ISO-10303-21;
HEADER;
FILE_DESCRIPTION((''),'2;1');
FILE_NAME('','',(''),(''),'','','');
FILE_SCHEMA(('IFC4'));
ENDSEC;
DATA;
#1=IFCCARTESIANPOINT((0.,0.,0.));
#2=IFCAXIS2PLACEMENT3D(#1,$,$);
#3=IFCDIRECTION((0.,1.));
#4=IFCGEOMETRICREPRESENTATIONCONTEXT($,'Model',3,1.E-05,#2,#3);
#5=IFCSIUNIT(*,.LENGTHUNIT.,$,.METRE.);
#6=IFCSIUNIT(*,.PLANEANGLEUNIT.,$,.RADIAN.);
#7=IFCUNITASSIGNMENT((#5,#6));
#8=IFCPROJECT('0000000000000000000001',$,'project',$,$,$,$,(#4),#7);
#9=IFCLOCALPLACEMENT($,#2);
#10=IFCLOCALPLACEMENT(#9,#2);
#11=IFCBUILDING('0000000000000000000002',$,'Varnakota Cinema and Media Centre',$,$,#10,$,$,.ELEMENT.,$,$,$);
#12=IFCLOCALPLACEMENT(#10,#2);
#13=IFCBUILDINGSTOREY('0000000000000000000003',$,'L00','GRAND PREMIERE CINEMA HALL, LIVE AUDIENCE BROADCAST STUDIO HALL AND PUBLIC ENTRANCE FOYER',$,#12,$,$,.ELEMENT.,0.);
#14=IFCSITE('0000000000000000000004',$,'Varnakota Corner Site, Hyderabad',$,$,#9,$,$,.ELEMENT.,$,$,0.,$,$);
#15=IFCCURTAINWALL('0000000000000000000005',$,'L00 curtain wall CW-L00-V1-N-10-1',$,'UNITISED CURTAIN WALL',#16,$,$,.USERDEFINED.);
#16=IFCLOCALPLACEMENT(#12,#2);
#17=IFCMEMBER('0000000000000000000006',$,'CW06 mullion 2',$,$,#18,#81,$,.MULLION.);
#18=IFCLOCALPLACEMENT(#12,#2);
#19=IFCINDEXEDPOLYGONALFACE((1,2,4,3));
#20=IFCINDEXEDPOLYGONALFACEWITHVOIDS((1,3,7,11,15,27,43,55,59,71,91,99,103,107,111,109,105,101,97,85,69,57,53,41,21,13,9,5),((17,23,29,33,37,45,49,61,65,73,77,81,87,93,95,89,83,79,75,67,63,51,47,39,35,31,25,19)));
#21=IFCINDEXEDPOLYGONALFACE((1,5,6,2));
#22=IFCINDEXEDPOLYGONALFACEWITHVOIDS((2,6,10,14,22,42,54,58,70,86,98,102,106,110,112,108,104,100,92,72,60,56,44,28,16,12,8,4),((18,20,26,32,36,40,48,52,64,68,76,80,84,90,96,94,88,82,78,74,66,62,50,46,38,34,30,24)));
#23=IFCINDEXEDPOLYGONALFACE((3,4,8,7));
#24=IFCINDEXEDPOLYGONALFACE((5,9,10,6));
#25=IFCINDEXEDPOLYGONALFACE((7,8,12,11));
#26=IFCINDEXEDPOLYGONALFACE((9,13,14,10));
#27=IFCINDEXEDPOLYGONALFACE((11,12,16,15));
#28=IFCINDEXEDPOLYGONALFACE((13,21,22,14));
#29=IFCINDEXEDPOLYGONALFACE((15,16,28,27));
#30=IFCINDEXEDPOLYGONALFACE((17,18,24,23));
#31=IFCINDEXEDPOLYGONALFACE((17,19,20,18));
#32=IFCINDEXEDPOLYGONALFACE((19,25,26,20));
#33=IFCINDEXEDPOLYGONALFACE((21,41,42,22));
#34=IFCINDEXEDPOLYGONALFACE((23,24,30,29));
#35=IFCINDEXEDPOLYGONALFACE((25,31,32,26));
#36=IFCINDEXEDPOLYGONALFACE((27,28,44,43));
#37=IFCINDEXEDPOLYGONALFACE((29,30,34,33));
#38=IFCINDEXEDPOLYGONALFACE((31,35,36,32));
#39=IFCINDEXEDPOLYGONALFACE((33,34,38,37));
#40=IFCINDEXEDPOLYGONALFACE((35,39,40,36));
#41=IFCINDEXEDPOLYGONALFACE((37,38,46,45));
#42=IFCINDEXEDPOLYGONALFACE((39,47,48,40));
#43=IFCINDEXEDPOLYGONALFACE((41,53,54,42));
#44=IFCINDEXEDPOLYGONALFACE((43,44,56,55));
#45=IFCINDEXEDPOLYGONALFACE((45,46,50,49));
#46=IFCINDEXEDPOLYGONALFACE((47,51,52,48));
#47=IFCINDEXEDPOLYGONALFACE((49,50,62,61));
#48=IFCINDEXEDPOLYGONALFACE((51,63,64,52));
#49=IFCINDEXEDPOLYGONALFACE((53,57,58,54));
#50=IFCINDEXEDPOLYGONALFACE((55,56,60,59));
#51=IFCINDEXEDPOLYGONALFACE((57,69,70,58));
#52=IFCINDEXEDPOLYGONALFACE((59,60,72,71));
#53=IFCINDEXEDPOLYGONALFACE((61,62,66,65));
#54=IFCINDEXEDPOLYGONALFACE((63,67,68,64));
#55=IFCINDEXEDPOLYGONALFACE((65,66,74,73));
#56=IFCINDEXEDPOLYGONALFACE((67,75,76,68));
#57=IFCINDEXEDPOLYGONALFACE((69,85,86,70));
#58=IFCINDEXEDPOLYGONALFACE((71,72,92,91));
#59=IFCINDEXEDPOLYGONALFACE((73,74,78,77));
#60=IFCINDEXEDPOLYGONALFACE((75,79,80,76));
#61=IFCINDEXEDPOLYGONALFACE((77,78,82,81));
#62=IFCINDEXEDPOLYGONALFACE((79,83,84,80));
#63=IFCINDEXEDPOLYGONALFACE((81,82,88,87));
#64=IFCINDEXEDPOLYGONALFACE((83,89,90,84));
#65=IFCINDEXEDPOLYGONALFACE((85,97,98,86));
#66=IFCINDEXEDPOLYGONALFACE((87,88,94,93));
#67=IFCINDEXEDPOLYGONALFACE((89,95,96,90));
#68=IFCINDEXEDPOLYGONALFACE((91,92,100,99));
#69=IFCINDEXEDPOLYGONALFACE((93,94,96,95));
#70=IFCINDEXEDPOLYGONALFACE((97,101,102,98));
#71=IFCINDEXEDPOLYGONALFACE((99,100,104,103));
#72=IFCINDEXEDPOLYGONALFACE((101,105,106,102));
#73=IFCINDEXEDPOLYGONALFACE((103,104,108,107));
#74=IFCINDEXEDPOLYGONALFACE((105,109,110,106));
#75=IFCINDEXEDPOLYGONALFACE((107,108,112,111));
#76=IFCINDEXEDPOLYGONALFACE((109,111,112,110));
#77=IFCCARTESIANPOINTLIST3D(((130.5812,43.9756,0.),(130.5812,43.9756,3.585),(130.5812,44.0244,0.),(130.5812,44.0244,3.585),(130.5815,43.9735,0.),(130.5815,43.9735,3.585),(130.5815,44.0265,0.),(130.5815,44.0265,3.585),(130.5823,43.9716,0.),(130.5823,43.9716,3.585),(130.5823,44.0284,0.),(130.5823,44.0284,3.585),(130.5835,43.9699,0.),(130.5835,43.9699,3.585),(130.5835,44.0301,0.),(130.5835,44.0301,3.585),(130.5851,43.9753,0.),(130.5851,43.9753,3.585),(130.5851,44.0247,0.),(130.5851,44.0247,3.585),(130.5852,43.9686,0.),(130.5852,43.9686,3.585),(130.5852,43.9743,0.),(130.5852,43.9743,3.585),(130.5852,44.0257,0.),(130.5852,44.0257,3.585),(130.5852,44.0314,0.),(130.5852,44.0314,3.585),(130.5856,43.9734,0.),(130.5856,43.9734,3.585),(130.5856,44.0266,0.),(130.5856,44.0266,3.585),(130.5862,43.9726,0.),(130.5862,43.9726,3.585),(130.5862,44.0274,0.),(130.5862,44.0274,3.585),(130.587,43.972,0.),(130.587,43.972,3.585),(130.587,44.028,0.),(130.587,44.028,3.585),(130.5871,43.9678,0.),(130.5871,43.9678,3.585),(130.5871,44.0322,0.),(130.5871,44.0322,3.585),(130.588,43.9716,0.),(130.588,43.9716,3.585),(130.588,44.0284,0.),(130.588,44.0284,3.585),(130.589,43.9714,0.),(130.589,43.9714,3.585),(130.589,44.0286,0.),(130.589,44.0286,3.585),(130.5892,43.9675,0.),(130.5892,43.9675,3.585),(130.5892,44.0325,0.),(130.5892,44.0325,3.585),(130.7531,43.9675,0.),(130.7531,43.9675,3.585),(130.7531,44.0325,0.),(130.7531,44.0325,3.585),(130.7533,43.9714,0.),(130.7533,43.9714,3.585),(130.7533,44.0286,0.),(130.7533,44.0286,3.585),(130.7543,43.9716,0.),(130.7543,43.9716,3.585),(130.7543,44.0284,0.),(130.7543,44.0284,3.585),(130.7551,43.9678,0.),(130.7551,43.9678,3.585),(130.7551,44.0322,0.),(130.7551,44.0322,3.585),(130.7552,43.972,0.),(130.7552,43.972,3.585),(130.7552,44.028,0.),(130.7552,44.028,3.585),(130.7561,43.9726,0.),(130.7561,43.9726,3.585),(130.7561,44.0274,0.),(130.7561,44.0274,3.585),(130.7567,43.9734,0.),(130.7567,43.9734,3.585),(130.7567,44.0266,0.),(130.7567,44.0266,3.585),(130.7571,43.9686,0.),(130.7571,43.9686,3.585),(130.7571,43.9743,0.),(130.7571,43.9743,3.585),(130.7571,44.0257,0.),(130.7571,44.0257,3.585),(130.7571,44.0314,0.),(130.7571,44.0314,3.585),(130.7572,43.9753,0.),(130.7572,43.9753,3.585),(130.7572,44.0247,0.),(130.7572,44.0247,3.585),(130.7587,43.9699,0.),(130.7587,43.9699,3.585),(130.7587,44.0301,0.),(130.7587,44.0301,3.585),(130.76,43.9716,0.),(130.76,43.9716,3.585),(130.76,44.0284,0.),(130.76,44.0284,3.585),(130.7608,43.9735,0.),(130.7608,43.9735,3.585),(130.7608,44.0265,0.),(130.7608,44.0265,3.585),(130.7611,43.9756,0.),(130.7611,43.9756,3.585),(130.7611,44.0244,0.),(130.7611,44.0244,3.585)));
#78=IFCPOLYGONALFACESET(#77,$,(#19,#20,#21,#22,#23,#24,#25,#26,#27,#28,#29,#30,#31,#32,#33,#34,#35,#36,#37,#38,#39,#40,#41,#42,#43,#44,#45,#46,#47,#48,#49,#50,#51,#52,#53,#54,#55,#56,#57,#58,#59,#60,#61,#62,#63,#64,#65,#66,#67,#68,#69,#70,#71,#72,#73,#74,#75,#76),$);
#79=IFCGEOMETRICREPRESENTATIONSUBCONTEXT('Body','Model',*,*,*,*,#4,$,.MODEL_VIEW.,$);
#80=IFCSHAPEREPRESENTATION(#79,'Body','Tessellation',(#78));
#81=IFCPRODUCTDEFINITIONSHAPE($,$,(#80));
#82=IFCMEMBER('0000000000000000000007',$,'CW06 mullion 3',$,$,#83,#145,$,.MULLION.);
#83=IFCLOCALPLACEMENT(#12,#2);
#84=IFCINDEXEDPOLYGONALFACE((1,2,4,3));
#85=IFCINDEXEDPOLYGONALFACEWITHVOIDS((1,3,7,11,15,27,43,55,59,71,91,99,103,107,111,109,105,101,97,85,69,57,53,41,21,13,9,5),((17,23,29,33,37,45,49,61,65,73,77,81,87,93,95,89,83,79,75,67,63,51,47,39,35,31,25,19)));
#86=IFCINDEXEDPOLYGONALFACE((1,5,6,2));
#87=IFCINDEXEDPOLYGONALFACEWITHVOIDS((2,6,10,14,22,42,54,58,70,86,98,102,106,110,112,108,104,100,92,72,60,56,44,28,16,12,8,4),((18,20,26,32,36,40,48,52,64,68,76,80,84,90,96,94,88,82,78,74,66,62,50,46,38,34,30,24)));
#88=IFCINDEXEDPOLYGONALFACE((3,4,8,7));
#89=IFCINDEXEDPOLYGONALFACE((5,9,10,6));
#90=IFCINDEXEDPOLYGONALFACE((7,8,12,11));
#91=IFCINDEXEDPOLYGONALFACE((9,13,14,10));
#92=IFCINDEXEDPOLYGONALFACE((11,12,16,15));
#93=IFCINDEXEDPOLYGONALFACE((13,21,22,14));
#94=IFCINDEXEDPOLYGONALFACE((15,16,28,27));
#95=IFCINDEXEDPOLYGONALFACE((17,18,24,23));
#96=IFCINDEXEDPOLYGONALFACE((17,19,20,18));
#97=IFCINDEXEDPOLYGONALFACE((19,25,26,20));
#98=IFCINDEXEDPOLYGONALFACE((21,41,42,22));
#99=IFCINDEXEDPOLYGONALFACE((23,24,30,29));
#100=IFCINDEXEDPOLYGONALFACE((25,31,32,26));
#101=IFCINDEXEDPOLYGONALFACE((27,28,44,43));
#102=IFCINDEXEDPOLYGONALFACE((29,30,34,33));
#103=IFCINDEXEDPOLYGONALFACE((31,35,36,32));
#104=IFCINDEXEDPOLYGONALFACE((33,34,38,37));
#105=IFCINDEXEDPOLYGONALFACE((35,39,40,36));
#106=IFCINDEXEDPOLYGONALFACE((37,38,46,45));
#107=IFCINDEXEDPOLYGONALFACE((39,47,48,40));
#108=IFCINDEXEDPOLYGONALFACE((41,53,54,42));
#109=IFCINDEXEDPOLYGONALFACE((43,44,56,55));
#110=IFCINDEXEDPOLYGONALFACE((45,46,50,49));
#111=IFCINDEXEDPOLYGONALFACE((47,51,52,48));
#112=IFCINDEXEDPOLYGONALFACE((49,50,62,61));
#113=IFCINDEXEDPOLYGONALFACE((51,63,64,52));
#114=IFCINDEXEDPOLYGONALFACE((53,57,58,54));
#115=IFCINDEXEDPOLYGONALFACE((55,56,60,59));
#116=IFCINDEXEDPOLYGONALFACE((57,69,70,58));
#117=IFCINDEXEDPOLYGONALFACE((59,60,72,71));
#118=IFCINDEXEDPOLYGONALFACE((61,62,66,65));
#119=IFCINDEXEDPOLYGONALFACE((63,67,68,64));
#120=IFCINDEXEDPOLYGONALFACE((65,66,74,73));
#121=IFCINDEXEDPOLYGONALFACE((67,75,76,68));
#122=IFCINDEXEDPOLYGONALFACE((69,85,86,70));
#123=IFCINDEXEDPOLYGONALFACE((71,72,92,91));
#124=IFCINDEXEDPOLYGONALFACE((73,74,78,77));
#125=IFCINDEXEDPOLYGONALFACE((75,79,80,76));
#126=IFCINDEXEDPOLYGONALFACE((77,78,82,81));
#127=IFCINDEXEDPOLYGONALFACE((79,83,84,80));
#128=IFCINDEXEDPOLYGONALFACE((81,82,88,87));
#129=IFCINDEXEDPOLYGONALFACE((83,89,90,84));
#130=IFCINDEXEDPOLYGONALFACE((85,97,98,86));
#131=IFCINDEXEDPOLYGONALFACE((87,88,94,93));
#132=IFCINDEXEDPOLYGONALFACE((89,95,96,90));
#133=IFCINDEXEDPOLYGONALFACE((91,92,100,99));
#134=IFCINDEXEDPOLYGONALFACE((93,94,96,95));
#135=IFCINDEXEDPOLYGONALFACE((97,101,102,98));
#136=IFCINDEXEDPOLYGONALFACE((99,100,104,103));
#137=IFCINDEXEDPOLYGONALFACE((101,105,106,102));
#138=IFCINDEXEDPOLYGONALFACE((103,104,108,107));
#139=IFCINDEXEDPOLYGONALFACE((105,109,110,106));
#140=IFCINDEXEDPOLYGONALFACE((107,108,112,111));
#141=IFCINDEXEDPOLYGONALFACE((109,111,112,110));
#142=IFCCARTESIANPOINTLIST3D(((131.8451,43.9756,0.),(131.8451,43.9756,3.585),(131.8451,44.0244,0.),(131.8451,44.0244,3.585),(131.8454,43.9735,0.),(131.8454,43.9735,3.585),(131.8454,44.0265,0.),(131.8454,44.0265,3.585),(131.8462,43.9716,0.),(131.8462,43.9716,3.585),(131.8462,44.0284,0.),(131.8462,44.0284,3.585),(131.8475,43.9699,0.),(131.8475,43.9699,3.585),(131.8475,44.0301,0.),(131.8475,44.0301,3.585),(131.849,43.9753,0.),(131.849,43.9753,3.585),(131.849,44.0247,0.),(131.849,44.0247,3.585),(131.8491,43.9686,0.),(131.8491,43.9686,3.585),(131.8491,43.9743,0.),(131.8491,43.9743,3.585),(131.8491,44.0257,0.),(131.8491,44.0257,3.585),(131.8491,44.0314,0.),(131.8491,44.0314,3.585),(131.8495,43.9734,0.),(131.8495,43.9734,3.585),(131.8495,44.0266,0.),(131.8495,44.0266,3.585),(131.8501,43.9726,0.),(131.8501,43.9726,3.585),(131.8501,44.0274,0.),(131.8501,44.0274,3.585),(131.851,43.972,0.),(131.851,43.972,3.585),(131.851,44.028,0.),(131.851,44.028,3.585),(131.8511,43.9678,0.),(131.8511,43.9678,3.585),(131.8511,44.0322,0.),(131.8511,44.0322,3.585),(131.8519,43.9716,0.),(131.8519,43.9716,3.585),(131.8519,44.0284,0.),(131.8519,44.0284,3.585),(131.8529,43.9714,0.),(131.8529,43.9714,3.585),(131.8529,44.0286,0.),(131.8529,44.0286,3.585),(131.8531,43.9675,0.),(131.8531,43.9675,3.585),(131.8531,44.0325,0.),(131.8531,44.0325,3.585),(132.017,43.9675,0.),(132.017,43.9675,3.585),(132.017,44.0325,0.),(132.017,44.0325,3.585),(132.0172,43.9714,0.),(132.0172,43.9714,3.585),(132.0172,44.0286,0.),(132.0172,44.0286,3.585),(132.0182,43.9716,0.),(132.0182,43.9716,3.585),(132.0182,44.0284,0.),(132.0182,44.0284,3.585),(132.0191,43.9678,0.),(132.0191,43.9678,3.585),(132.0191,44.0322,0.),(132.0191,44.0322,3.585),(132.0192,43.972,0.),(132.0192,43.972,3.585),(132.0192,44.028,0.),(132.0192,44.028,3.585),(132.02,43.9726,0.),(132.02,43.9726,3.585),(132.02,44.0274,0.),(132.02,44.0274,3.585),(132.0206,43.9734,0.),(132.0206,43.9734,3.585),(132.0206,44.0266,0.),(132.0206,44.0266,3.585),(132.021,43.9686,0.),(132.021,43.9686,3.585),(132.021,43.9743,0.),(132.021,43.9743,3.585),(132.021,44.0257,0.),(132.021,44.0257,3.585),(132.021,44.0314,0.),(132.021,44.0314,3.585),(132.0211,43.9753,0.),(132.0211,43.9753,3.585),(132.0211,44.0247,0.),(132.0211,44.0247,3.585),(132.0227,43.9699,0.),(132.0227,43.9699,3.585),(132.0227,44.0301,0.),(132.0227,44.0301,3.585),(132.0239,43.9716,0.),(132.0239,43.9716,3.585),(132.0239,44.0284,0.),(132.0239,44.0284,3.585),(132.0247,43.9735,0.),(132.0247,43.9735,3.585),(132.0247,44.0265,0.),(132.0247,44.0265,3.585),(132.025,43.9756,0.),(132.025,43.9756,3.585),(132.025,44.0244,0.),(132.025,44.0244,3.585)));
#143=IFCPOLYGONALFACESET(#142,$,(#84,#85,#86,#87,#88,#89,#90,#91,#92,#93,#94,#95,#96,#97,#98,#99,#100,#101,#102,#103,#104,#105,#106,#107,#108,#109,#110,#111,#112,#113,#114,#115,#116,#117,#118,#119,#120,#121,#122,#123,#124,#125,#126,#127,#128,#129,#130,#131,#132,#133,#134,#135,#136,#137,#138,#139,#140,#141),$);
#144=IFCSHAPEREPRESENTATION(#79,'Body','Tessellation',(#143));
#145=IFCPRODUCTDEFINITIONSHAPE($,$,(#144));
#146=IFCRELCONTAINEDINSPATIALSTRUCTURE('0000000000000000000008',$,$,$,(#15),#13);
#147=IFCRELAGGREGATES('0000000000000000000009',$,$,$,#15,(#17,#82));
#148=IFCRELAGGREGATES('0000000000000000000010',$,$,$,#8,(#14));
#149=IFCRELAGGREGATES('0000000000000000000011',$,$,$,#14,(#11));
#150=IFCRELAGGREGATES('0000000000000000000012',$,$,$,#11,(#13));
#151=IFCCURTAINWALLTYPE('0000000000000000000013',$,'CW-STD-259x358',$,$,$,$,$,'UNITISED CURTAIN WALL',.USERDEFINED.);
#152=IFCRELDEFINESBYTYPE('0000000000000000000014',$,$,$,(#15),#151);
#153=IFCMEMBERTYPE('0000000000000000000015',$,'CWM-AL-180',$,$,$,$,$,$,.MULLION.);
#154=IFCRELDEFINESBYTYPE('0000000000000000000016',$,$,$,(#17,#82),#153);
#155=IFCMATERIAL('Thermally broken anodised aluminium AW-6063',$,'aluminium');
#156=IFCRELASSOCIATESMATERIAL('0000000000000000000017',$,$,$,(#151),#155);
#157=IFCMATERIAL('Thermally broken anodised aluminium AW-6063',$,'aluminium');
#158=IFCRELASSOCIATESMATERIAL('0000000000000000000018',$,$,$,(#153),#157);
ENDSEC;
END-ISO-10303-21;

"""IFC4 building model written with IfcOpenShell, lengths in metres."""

from ifc_helpers import new_model, si_unit, direction, frame, origin, origin_2d, place, context, subcontext, project, spatial, hollow_rectangle, extrude, material, material_profile, profile_set, type_object, element, aggregate, save


model = new_model("IFC4")

# Units and contexts
model_context = context("Model", 3, precision=1e-05, world=origin(), true_north=direction((0.0, 1.0)))
body_context = subcontext(model_context, "Body", "Model", "MODEL_VIEW")
ifc_project = project(units=[si_unit("LENGTHUNIT", "METRE"), si_unit("PLANEANGLEUNIT", "RADIAN")], contexts=[model_context])

# Site, building, storey
site_placement = place(None, origin())
site = spatial("IfcSite", under=ifc_project, at=site_placement, Name="Varnakota Corner Site, Hyderabad", CompositionType="ELEMENT", RefElevation=0.0)
building_placement = place(site_placement, origin())
building = spatial("IfcBuilding", under=site, at=building_placement, Name="Varnakota Cinema and Media Centre", CompositionType="ELEMENT")
storey_placement = place(building_placement, origin())
storey = spatial("IfcBuildingStorey", under=building, at=storey_placement, Name="L00", Description="GRAND PREMIERE CINEMA HALL, LIVE AUDIENCE BROADCAST STUDIO HALL AND PUBLIC ENTRANCE FOYER", CompositionType="ELEMENT", Elevation=0.0)

# Curtain wall, members
ifc_material_1 = material(Name="Thermally broken anodised aluminium AW-6063", Category="aluminium")
curtain_wall_type = type_object("IfcCurtainWallType", Name="CW-STD-259x358", ElementType="UNITISED CURTAIN WALL", PredefinedType="USERDEFINED", material=ifc_material_1)
curtain_wall_1_placement = place(storey_placement, origin())
curtain_wall_1 = element("IfcCurtainWall", 1, at=curtain_wall_1_placement, inside=storey, type_object=curtain_wall_type, Name="L00 curtain wall CW-L00-V1-N-10-1", ObjectType="UNITISED CURTAIN WALL", PredefinedType="USERDEFINED")
ifc_material_2 = material(Name="Thermally broken anodised aluminium AW-6063", Category="aluminium")
ifc_material_profile_1 = material_profile(ifc_material_2, hollow_rectangle(XDim=0.0649, YDim=0.1799, WallThickness=0.0039, InnerFilletRadius=0.0039, OuterFilletRadius=0.0081, at=origin_2d()), Name="AL-MULLION 180x65x4")
ifc_profile_set_1 = profile_set([ifc_material_profile_1], Name="Thermally broken anodised aluminium AW-6063")
member_type_1 = type_object("IfcMemberType", Name="CWM-AL-180", PredefinedType="MULLION", material=ifc_profile_set_1)
member_1_placement = place(storey_placement, frame((130.6711, 44.0, 0.0), z_axis=(0.0, 0.0, 1.0), x_axis=(0.0, 1.0, 0.0)))
member_1 = element("IfcMember", 2, at=member_1_placement, type_object=member_type_1, Name="CW06 mullion 2", PredefinedType="MULLION", context=body_context, shape_type="SweptSolid", body=[
    extrude(hollow_rectangle(XDim=0.0649, YDim=0.1799, WallThickness=0.0039, InnerFilletRadius=0.0039, OuterFilletRadius=0.0081, at=origin_2d()), origin(), (0.0, 0.0, 1.0), 3.585),
])
member_2_placement = place(storey_placement, frame((131.9351, 44.0, 0.0), z_axis=(0.0, 0.0, 1.0), x_axis=(0.0, 1.0, 0.0)))
member_2 = element("IfcMember", 3, at=member_2_placement, type_object=member_type_1, Name="CW06 mullion 3", PredefinedType="MULLION", context=body_context, shape_type="SweptSolid", body=[
    extrude(hollow_rectangle(XDim=0.0649, YDim=0.1799, WallThickness=0.0039, InnerFilletRadius=0.0039, OuterFilletRadius=0.0081, at=origin_2d()), origin(), (0.0, 0.0, 1.0), 3.585),
])

aggregate(curtain_wall_1, [member_1, member_2])

save(model, "model.ifc")
